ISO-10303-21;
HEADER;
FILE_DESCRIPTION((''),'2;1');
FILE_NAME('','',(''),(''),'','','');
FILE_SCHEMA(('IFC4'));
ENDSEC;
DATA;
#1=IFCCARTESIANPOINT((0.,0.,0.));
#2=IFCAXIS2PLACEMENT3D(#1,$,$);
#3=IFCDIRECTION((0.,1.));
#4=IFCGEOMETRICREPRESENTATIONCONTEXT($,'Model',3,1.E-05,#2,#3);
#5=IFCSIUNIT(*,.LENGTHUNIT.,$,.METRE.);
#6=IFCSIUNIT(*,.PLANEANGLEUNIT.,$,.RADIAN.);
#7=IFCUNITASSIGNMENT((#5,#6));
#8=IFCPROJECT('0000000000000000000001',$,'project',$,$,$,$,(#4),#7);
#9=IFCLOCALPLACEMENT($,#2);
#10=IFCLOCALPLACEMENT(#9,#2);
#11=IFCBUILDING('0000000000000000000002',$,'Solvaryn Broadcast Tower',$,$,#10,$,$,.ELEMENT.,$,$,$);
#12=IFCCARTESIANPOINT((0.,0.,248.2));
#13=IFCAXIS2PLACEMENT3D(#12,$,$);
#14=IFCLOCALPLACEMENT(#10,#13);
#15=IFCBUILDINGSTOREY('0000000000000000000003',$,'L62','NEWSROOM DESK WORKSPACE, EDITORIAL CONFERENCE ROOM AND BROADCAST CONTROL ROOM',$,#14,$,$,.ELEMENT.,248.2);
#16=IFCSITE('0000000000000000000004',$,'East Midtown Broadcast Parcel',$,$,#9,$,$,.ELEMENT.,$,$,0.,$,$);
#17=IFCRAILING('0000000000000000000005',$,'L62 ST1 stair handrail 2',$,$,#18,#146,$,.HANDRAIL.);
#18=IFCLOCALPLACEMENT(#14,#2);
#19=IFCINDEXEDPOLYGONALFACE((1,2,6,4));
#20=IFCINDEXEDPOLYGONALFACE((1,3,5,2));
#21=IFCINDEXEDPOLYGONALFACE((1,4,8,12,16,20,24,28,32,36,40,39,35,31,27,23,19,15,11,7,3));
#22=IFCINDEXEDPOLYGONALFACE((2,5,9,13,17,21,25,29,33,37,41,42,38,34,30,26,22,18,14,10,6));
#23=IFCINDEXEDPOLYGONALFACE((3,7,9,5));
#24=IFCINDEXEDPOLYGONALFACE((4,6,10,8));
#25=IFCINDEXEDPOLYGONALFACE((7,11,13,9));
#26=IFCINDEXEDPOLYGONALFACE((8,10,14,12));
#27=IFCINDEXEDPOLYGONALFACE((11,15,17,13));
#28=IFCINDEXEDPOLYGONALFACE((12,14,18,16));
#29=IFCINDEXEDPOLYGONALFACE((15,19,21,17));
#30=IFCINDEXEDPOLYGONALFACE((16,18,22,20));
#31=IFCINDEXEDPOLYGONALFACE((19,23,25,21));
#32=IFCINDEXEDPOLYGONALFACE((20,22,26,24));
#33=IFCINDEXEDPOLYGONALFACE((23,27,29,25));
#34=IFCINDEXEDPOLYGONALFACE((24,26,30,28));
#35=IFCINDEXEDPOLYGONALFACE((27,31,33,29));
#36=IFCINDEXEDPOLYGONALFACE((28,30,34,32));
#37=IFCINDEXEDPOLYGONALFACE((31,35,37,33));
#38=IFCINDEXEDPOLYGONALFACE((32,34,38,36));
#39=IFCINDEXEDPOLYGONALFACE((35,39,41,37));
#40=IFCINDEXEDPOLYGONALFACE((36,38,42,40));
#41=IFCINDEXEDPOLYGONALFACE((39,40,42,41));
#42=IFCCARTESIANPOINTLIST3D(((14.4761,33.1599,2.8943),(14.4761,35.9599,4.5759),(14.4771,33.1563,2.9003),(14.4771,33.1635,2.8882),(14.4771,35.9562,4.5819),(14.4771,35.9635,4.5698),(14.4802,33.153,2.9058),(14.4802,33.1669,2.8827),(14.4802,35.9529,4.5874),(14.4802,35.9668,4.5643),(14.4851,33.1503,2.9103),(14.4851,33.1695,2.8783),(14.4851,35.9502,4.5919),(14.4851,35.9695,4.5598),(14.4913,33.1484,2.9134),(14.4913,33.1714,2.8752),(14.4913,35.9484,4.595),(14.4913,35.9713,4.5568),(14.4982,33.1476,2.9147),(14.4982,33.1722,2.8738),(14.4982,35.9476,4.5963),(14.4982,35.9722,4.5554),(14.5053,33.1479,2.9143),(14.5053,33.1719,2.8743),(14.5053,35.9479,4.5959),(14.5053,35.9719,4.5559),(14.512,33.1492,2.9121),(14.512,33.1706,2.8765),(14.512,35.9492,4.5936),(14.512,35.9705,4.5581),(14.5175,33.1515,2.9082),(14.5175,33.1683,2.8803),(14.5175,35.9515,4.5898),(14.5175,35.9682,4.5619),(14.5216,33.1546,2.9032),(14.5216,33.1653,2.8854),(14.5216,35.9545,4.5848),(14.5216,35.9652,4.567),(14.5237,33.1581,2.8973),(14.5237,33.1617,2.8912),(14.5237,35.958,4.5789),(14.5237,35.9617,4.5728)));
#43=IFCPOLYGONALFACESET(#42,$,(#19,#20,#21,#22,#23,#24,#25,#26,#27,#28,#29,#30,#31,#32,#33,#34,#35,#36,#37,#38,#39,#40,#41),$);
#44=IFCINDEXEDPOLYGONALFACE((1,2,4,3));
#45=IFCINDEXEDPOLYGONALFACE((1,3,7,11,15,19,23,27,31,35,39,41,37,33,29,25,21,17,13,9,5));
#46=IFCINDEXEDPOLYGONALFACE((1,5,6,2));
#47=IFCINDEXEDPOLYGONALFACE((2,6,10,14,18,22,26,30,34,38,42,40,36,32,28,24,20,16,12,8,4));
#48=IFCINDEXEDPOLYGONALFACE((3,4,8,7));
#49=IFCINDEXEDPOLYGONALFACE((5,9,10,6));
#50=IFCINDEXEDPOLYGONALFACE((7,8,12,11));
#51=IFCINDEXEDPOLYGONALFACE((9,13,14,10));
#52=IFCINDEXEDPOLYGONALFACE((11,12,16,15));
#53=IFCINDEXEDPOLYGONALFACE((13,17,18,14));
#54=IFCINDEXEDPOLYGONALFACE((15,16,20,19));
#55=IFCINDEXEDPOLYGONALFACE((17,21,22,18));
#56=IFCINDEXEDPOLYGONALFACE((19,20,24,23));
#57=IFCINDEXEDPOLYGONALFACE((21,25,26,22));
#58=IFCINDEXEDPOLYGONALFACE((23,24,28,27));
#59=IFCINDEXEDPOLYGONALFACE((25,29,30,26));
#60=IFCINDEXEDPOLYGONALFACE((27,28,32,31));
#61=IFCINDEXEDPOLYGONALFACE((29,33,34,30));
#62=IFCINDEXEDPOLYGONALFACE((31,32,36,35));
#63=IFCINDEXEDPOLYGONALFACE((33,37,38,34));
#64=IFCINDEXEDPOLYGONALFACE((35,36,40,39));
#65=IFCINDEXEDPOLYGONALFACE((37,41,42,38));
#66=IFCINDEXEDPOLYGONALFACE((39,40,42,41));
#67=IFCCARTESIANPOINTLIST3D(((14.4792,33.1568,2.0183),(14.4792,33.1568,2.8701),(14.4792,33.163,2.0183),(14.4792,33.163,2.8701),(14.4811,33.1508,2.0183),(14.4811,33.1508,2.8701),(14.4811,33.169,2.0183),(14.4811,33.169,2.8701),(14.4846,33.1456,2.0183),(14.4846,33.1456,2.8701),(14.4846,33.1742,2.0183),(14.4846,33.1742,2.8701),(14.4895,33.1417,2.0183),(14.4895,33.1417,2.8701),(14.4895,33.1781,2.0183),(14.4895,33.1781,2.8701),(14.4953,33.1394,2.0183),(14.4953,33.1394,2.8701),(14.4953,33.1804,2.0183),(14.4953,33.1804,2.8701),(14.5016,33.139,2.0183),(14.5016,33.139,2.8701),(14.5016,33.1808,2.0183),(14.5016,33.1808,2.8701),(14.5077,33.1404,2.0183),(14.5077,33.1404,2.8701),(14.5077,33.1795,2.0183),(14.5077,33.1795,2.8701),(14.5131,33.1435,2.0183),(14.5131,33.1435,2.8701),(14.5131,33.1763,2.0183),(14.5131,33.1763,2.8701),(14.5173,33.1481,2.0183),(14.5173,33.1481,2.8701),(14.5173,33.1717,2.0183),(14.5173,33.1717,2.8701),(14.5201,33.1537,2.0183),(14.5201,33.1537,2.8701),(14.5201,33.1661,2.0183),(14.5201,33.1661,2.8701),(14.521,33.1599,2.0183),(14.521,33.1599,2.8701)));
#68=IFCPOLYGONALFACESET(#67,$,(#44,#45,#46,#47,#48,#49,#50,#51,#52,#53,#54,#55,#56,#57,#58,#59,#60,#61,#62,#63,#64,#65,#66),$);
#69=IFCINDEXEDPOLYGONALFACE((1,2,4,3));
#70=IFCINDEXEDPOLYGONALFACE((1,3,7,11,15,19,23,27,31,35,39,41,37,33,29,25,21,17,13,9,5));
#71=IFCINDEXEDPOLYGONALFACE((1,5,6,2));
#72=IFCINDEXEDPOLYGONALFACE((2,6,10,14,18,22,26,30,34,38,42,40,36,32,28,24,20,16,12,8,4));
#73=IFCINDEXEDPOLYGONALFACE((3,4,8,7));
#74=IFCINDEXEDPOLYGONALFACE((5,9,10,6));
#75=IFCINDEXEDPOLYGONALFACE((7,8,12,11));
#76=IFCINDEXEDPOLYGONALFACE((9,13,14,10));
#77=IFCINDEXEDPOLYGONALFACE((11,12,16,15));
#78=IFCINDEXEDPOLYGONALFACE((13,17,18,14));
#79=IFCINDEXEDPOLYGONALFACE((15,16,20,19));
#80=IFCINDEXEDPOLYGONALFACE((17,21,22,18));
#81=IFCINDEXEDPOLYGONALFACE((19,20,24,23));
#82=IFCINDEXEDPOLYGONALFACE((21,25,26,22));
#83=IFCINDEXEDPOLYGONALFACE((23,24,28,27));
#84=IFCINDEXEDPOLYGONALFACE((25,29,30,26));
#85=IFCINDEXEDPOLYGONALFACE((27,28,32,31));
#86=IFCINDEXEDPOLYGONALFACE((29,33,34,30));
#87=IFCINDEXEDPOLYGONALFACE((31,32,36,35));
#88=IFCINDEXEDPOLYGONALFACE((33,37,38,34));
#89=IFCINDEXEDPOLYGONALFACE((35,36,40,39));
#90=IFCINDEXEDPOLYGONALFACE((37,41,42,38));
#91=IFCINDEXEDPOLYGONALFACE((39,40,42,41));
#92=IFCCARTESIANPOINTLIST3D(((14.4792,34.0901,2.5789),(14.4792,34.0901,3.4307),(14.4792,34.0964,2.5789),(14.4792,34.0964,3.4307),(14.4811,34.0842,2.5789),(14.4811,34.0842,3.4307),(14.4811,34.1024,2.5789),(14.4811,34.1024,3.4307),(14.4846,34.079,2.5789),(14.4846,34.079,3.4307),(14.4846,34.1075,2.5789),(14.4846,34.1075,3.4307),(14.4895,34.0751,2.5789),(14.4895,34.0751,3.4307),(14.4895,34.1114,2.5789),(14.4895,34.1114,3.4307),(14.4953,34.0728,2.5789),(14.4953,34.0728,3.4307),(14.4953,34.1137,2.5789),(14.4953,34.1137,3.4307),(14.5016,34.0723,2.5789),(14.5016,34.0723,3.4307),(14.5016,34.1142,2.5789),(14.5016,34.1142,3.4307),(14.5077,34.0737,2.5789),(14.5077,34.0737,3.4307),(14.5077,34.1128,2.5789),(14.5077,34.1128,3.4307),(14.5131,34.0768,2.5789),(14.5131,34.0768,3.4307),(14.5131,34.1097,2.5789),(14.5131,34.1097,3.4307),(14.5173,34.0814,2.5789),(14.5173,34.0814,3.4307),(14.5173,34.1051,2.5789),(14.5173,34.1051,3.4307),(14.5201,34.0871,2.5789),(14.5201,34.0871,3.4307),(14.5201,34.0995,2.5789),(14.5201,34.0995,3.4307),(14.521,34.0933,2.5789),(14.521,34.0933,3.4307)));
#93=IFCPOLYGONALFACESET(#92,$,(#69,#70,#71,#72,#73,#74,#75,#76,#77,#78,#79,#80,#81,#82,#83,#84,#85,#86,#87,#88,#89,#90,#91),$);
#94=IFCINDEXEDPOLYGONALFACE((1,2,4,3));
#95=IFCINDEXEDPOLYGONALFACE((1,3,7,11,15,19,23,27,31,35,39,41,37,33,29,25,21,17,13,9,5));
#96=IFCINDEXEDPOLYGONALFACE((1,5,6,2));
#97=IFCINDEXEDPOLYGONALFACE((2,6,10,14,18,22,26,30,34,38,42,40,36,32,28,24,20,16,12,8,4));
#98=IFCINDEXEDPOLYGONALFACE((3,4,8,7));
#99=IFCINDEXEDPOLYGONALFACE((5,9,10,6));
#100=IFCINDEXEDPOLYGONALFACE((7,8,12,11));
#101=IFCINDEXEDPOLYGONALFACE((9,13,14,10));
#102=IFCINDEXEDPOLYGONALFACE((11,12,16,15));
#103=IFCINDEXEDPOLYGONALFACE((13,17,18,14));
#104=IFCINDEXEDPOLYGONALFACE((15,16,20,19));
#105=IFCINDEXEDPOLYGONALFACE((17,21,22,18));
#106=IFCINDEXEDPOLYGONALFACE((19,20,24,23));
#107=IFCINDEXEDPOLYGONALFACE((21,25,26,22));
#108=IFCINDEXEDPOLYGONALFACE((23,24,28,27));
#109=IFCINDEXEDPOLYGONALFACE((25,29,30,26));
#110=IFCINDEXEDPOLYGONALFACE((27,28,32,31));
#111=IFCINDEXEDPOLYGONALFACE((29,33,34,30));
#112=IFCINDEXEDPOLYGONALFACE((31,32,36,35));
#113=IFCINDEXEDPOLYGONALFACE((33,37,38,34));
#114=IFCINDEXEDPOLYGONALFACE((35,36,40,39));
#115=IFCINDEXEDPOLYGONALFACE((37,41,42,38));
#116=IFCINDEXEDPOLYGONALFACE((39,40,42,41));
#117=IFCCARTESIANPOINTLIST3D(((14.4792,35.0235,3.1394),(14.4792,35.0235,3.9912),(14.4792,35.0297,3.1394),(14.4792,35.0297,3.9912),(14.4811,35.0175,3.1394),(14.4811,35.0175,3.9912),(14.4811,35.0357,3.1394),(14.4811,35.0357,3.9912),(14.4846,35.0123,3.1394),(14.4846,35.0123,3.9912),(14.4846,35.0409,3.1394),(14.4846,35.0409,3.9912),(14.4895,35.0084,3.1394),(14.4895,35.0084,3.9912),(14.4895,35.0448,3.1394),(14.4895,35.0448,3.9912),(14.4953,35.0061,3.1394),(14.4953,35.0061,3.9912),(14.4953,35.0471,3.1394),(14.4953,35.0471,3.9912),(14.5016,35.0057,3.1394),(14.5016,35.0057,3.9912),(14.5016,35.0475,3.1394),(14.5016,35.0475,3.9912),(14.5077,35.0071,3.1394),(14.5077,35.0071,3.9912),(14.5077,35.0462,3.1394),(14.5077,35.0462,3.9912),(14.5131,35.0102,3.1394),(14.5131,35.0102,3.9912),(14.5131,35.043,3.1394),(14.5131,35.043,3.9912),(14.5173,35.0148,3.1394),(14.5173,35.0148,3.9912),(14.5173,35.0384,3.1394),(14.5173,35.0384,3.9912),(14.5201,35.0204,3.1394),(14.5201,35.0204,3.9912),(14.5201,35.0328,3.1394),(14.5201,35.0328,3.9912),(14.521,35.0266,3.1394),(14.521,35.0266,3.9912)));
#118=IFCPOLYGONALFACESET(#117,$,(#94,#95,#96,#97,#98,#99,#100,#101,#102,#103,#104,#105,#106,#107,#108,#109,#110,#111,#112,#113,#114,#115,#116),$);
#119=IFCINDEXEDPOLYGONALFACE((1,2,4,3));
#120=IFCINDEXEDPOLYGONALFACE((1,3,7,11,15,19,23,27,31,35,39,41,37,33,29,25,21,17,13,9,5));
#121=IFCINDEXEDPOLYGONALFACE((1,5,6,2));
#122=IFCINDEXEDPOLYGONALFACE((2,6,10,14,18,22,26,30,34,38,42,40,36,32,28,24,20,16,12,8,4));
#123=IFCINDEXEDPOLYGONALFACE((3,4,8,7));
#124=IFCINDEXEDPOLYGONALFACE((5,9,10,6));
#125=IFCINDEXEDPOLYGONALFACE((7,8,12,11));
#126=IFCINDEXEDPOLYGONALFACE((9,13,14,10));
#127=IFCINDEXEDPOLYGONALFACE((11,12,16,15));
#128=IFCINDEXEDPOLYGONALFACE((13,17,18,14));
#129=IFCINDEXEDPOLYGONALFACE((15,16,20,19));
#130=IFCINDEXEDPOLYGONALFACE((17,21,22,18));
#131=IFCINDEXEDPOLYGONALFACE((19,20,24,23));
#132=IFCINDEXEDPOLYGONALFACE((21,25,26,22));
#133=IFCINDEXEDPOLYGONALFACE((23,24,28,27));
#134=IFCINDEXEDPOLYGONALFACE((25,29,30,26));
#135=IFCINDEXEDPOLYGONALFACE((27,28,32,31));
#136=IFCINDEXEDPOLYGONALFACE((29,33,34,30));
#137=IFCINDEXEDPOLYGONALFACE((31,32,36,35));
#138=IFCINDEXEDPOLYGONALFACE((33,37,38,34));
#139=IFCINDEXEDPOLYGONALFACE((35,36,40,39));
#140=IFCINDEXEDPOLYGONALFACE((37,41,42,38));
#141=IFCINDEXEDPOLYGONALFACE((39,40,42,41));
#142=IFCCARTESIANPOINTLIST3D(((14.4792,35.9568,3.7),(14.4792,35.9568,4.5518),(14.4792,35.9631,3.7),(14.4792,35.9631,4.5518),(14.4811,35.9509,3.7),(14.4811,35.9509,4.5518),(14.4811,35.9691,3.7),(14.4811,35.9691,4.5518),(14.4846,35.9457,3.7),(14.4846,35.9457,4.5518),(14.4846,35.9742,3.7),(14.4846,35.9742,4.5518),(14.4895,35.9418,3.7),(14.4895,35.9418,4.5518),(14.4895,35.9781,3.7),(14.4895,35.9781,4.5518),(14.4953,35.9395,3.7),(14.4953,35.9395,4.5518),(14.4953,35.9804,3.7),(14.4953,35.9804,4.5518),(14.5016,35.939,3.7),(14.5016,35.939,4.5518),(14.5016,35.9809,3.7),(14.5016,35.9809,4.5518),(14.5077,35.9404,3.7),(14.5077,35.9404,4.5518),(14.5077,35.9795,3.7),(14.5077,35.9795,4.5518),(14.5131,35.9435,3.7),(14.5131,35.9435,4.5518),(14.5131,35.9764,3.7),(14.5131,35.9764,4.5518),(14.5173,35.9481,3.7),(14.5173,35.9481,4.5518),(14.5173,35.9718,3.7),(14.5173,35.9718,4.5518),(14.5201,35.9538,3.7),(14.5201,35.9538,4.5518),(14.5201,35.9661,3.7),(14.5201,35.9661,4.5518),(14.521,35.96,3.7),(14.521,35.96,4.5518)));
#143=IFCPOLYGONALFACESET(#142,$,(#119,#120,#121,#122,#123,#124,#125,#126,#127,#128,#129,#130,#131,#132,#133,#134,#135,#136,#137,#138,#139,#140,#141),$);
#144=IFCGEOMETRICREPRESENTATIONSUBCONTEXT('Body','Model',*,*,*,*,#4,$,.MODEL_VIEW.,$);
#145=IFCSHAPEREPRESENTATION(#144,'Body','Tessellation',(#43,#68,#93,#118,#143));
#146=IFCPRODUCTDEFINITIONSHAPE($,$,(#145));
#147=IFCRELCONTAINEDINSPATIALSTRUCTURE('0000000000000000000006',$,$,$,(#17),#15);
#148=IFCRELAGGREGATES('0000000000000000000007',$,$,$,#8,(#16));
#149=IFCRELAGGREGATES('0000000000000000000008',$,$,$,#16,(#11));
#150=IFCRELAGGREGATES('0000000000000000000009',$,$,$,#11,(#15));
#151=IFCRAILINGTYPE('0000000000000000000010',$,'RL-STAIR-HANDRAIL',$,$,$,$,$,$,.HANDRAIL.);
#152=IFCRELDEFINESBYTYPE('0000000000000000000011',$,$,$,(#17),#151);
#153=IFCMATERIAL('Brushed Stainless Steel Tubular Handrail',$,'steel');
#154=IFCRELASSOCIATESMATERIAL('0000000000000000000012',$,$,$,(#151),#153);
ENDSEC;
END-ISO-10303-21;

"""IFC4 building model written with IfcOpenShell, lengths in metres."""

from ifc_helpers import new_model, si_unit, direction, frame, origin, origin_2d, place, context, subcontext, project, spatial, circle, extrude, material, type_object, element, save


model = new_model("IFC4")

# Units and contexts
model_context = context("Model", 3, precision=1e-05, world=origin(), true_north=direction((0.0, 1.0)))
body_context = subcontext(model_context, "Body", "Model", "MODEL_VIEW")
ifc_project = project(units=[si_unit("LENGTHUNIT", "METRE"), si_unit("PLANEANGLEUNIT", "RADIAN")], contexts=[model_context])

# Site, building, storey
site_placement = place(None, origin())
site = spatial("IfcSite", under=ifc_project, at=site_placement, Name="East Midtown Broadcast Parcel", CompositionType="ELEMENT", RefElevation=0.0)
building_placement = place(site_placement, origin())
building = spatial("IfcBuilding", under=site, at=building_placement, Name="Solvaryn Broadcast Tower", CompositionType="ELEMENT")
storey_placement = place(building_placement, frame((0.0, 0.0, 248.2)))
storey = spatial("IfcBuildingStorey", under=building, at=storey_placement, Name="L62", Description="NEWSROOM DESK WORKSPACE, EDITORIAL CONFERENCE ROOM AND BROADCAST CONTROL ROOM", CompositionType="ELEMENT", Elevation=248.2)

# Railing
ifc_material_1 = material(Name="Brushed Stainless Steel Tubular Handrail", Category="steel")
railing_type_1 = type_object("IfcRailingType", Name="RL-STAIR-HANDRAIL", PredefinedType="HANDRAIL", material=ifc_material_1)
railing_1_placement = place(storey_placement, frame((14.5, 33.1599, 2.0183)))
element("IfcRailing", 1, at=railing_1_placement, inside=storey, type_object=railing_type_1, Name="L62 ST1 stair handrail 2", PredefinedType="HANDRAIL", context=body_context, shape_type="SweptSolid", body=[
    extrude(circle(Radius=0.0239, at=origin_2d()), frame((0.0, 0.0, 0.876), z_axis=(0.0, 0.857275, 0.514858), x_axis=(-1.0, 0.0, 0.0)), (0.0, 0.0, 1.0), 3.2661),
    extrude(circle(Radius=0.021, at=origin_2d()), origin(), (0.0, 0.0, 1.0), 0.8518),
    extrude(circle(Radius=0.021, at=origin_2d()), frame((0.0, 0.9333, 0.5605)), (0.0, 0.0, 1.0), 0.8518),
    extrude(circle(Radius=0.021, at=origin_2d()), frame((0.0, 1.8667, 1.1211)), (0.0, 0.0, 1.0), 0.8518),
    extrude(circle(Radius=0.021, at=origin_2d()), frame((0.0, 2.8, 1.6816)), (0.0, 0.0, 1.0), 0.8518),
])

save(model, "model.ifc")
